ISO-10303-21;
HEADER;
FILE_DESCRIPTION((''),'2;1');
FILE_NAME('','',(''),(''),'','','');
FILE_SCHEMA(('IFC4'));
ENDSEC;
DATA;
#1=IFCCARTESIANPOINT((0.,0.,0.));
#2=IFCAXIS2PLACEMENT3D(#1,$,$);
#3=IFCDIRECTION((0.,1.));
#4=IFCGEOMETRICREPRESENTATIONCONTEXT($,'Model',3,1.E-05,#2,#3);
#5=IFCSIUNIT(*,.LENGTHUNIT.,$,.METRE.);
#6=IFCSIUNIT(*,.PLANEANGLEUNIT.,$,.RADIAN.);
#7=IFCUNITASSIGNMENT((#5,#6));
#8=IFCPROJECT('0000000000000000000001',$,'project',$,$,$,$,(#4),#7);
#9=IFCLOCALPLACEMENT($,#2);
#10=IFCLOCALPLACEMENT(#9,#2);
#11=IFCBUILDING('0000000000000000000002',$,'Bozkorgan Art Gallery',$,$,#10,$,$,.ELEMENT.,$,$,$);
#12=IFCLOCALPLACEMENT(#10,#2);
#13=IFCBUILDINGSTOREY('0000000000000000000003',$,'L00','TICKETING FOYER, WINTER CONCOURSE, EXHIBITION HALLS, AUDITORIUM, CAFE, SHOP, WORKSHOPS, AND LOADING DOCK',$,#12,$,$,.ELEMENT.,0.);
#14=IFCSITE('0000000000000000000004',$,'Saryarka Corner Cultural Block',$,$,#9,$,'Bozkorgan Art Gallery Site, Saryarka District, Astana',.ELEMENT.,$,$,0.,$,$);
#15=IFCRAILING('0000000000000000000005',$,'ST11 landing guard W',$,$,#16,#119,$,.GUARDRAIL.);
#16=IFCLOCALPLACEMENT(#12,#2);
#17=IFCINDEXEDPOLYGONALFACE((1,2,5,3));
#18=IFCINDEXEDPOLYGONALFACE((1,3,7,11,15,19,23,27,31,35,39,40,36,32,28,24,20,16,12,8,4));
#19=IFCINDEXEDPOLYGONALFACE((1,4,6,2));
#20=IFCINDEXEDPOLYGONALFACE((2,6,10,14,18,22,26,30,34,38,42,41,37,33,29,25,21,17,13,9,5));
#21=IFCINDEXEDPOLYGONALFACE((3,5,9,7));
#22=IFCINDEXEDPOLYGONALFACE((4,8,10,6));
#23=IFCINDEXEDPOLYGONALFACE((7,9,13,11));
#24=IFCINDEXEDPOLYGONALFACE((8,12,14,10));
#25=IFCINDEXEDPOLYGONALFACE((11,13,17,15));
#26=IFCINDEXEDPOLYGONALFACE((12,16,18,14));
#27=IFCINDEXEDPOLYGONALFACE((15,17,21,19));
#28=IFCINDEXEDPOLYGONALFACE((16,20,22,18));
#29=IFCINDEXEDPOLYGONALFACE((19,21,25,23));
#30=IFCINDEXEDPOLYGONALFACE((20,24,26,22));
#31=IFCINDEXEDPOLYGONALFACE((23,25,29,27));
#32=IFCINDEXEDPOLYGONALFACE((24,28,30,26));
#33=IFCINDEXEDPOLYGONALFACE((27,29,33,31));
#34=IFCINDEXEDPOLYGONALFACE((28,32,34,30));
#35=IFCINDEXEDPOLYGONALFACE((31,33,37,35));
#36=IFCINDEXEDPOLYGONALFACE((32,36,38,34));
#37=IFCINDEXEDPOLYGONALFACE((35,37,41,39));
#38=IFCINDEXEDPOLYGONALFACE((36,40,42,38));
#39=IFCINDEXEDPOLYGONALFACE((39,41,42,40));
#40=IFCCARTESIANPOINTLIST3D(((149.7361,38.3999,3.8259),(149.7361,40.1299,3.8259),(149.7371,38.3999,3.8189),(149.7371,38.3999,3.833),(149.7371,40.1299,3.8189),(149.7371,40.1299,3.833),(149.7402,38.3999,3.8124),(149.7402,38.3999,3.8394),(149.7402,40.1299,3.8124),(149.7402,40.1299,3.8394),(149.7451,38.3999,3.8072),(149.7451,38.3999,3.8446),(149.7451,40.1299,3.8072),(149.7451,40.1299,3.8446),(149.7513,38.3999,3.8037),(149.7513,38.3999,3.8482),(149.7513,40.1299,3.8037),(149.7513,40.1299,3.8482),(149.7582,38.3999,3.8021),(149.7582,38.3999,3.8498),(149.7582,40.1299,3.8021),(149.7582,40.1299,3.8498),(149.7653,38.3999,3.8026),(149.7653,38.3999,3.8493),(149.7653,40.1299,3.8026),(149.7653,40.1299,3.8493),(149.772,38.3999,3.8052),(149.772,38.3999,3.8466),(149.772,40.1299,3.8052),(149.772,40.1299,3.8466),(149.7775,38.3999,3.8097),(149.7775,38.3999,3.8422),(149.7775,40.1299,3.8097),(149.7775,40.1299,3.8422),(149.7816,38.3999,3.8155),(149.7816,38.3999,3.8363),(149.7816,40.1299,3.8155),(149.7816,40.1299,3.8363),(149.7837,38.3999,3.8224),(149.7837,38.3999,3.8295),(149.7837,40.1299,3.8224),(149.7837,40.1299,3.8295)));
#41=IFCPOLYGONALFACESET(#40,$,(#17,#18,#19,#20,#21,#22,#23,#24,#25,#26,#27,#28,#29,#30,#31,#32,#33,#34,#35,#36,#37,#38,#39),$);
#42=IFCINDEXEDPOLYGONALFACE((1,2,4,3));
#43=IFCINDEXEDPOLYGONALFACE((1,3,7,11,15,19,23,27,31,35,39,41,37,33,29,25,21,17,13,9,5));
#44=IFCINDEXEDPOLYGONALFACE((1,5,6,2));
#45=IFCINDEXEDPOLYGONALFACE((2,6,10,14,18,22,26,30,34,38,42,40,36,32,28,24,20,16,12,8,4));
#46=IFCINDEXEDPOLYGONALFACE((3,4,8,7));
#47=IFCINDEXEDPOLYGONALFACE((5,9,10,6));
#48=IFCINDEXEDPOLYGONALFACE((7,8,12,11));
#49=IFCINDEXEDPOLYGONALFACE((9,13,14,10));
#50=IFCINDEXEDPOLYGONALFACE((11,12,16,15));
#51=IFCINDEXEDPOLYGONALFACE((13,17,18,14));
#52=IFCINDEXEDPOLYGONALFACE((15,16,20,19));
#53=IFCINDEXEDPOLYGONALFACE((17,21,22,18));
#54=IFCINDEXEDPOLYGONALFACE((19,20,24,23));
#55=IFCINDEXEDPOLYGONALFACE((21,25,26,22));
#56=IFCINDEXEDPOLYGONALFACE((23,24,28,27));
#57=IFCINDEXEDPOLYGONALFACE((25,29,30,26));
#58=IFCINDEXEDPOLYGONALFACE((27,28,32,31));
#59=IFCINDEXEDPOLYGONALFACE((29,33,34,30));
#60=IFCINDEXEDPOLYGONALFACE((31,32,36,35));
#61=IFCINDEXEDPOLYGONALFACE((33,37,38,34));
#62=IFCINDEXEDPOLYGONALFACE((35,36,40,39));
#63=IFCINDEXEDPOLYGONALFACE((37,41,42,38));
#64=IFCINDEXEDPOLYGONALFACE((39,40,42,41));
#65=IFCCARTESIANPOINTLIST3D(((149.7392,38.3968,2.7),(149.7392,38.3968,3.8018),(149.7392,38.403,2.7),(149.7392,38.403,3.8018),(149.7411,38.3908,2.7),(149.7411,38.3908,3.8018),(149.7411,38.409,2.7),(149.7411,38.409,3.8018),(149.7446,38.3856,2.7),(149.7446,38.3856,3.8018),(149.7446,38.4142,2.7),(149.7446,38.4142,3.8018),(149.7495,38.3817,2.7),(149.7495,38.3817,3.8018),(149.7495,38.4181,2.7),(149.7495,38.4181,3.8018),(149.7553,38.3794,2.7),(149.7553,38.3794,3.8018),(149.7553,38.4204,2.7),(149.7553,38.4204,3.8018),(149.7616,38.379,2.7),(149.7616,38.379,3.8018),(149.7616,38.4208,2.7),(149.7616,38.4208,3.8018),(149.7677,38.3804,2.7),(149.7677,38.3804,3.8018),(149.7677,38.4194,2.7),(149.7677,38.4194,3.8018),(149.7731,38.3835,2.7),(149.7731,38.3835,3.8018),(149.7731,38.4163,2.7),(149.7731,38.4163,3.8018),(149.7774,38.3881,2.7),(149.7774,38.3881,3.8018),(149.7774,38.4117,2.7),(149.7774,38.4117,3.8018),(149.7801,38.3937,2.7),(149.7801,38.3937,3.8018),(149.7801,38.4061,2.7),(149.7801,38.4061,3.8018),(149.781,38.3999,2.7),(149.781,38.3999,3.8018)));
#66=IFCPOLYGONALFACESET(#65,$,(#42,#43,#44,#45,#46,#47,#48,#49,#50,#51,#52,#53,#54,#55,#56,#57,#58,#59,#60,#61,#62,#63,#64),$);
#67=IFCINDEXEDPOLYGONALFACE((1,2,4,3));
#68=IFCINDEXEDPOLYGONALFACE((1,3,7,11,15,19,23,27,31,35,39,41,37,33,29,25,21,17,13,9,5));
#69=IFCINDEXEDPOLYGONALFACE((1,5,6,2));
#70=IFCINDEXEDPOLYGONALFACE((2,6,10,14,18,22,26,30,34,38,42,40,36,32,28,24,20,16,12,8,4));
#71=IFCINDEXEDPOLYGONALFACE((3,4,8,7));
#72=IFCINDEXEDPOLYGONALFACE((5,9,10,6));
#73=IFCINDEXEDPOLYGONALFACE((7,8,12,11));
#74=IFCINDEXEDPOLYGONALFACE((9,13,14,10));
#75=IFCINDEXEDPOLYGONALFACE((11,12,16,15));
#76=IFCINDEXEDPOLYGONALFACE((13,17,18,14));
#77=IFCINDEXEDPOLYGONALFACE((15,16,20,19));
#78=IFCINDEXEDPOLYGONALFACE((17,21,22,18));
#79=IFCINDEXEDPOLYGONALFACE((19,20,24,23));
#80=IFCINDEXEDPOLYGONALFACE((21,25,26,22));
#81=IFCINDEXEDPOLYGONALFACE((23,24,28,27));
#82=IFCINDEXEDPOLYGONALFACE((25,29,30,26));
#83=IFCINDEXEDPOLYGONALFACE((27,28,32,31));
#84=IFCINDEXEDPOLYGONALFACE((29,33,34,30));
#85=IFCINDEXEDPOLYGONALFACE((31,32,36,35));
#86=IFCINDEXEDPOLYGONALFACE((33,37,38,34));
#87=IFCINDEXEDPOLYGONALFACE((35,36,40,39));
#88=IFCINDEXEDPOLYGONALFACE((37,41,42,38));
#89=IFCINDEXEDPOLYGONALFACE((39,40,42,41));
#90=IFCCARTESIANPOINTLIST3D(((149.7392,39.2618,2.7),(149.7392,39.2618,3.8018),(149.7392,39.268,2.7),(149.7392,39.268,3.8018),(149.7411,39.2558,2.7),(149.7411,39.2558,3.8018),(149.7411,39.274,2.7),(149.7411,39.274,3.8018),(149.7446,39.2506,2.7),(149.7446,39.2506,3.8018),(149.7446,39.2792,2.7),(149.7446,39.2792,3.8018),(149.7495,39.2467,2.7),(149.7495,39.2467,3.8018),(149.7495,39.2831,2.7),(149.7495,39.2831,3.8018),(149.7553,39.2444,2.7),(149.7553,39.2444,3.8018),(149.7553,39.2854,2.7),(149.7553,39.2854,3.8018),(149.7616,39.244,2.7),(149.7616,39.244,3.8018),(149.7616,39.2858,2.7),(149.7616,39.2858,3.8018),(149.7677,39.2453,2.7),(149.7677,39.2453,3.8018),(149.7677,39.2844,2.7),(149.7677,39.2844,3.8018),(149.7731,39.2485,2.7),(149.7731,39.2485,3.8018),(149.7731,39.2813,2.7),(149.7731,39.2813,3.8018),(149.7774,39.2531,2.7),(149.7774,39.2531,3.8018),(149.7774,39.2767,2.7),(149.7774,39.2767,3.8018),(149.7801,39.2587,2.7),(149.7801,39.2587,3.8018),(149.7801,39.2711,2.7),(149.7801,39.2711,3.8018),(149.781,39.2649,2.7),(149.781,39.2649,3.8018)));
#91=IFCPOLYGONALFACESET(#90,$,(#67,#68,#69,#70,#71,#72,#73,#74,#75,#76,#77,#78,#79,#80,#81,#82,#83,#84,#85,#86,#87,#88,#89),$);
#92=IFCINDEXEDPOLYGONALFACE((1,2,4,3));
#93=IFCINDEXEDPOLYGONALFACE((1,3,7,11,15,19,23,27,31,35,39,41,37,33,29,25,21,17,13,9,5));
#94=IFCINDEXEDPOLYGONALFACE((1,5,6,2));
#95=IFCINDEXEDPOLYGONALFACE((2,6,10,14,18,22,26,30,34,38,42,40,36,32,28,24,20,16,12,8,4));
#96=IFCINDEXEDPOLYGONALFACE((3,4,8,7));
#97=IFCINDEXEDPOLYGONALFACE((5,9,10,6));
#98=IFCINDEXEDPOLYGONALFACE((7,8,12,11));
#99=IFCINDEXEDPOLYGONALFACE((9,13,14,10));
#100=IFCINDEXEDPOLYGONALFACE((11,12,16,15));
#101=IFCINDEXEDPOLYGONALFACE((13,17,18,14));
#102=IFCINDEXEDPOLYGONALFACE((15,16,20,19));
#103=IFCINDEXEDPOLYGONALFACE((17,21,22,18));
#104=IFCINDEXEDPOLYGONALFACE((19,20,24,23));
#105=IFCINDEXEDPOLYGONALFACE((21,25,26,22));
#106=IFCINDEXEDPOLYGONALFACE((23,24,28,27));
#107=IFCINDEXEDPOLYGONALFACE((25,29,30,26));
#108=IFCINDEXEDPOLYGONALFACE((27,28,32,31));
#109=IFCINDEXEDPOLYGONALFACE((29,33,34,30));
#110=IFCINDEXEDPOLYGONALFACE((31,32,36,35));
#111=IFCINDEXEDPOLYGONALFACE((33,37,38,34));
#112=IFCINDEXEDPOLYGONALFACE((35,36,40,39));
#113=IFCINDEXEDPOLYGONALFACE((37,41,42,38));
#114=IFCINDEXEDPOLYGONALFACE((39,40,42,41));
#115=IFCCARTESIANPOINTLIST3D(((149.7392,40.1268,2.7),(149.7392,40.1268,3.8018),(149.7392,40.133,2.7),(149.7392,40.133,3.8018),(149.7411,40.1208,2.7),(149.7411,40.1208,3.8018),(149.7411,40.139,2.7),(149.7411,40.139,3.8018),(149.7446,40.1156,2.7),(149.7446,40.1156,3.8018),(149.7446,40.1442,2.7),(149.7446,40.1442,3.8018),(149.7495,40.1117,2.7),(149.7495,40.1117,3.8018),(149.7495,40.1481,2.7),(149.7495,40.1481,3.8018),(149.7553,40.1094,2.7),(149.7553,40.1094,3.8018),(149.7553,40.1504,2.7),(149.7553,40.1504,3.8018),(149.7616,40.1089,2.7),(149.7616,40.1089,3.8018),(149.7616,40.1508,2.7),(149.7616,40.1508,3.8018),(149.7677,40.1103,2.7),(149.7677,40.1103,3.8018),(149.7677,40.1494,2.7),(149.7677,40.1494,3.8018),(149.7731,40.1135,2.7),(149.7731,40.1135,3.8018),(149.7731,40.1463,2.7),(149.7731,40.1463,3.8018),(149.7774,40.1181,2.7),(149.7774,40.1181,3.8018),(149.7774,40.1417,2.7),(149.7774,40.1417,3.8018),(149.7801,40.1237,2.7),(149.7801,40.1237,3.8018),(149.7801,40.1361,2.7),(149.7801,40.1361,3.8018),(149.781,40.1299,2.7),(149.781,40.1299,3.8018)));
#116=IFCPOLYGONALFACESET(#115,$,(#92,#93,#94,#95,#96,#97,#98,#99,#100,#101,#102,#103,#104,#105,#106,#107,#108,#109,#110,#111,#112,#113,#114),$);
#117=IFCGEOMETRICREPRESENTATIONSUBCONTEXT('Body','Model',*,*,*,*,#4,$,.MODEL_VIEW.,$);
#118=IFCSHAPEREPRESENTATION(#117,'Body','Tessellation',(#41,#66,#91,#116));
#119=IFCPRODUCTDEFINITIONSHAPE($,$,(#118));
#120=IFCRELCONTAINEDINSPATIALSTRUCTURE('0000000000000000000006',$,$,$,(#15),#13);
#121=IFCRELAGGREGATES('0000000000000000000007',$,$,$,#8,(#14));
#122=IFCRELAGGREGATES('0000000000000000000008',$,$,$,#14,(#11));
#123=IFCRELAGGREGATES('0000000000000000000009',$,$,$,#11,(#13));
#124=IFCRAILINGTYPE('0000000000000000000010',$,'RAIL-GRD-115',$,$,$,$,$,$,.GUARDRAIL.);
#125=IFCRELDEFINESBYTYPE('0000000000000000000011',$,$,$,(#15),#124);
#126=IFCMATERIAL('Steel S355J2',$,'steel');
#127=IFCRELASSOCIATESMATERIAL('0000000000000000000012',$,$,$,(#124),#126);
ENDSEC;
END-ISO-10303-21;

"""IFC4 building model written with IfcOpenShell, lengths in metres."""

from ifc_helpers import new_model, si_unit, direction, frame, origin, origin_2d, place, context, subcontext, project, spatial, circle, extrude, material, type_object, element, save


model = new_model("IFC4")

# Units and contexts
model_context = context("Model", 3, precision=1e-05, world=origin(), true_north=direction((0.0, 1.0)))
body_context = subcontext(model_context, "Body", "Model", "MODEL_VIEW")
ifc_project = project(units=[si_unit("LENGTHUNIT", "METRE"), si_unit("PLANEANGLEUNIT", "RADIAN")], contexts=[model_context])

# Site, building, storey
site_placement = place(None, origin())
site = spatial("IfcSite", under=ifc_project, at=site_placement, Name="Saryarka Corner Cultural Block", LongName="Bozkorgan Art Gallery Site, Saryarka District, Astana", CompositionType="ELEMENT", RefElevation=0.0)
building_placement = place(site_placement, origin())
building = spatial("IfcBuilding", under=site, at=building_placement, Name="Bozkorgan Art Gallery", CompositionType="ELEMENT")
storey_placement = place(building_placement, origin())
storey = spatial("IfcBuildingStorey", under=building, at=storey_placement, Name="L00", Description="TICKETING FOYER, WINTER CONCOURSE, EXHIBITION HALLS, AUDITORIUM, CAFE, SHOP, WORKSHOPS, AND LOADING DOCK", CompositionType="ELEMENT", Elevation=0.0)

# Shared definitions
ifc_material_1 = material(Name="Steel S355J2", Category="steel")

# Railing
railing_type = type_object("IfcRailingType", Name="RAIL-GRD-115", PredefinedType="GUARDRAIL", material=ifc_material_1)
railing_1_placement = place(storey_placement, frame((149.76, 38.3999, 2.7)))
element("IfcRailing", 1, at=railing_1_placement, inside=storey, type_object=railing_type, Name="ST11 landing guard W", PredefinedType="GUARDRAIL", context=body_context, shape_type="SweptSolid", body=[
    extrude(circle(Radius=0.0239, at=origin_2d()), frame((0.0, 0.0, 1.126), z_axis=(0.0, 1.0, 0.0), x_axis=(-1.0, 0.0, 0.0)), (0.0, 0.0, 1.0), 1.73),
    extrude(circle(Radius=0.021, at=origin_2d()), origin(), (0.0, 0.0, 1.0), 1.1018),
    extrude(circle(Radius=0.021, at=origin_2d()), frame((0.0, 0.865, 0.0)), (0.0, 0.0, 1.0), 1.1018),
    extrude(circle(Radius=0.021, at=origin_2d()), frame((0.0, 1.73, 0.0)), (0.0, 0.0, 1.0), 1.1018),
])

save(model, "model.ifc")
